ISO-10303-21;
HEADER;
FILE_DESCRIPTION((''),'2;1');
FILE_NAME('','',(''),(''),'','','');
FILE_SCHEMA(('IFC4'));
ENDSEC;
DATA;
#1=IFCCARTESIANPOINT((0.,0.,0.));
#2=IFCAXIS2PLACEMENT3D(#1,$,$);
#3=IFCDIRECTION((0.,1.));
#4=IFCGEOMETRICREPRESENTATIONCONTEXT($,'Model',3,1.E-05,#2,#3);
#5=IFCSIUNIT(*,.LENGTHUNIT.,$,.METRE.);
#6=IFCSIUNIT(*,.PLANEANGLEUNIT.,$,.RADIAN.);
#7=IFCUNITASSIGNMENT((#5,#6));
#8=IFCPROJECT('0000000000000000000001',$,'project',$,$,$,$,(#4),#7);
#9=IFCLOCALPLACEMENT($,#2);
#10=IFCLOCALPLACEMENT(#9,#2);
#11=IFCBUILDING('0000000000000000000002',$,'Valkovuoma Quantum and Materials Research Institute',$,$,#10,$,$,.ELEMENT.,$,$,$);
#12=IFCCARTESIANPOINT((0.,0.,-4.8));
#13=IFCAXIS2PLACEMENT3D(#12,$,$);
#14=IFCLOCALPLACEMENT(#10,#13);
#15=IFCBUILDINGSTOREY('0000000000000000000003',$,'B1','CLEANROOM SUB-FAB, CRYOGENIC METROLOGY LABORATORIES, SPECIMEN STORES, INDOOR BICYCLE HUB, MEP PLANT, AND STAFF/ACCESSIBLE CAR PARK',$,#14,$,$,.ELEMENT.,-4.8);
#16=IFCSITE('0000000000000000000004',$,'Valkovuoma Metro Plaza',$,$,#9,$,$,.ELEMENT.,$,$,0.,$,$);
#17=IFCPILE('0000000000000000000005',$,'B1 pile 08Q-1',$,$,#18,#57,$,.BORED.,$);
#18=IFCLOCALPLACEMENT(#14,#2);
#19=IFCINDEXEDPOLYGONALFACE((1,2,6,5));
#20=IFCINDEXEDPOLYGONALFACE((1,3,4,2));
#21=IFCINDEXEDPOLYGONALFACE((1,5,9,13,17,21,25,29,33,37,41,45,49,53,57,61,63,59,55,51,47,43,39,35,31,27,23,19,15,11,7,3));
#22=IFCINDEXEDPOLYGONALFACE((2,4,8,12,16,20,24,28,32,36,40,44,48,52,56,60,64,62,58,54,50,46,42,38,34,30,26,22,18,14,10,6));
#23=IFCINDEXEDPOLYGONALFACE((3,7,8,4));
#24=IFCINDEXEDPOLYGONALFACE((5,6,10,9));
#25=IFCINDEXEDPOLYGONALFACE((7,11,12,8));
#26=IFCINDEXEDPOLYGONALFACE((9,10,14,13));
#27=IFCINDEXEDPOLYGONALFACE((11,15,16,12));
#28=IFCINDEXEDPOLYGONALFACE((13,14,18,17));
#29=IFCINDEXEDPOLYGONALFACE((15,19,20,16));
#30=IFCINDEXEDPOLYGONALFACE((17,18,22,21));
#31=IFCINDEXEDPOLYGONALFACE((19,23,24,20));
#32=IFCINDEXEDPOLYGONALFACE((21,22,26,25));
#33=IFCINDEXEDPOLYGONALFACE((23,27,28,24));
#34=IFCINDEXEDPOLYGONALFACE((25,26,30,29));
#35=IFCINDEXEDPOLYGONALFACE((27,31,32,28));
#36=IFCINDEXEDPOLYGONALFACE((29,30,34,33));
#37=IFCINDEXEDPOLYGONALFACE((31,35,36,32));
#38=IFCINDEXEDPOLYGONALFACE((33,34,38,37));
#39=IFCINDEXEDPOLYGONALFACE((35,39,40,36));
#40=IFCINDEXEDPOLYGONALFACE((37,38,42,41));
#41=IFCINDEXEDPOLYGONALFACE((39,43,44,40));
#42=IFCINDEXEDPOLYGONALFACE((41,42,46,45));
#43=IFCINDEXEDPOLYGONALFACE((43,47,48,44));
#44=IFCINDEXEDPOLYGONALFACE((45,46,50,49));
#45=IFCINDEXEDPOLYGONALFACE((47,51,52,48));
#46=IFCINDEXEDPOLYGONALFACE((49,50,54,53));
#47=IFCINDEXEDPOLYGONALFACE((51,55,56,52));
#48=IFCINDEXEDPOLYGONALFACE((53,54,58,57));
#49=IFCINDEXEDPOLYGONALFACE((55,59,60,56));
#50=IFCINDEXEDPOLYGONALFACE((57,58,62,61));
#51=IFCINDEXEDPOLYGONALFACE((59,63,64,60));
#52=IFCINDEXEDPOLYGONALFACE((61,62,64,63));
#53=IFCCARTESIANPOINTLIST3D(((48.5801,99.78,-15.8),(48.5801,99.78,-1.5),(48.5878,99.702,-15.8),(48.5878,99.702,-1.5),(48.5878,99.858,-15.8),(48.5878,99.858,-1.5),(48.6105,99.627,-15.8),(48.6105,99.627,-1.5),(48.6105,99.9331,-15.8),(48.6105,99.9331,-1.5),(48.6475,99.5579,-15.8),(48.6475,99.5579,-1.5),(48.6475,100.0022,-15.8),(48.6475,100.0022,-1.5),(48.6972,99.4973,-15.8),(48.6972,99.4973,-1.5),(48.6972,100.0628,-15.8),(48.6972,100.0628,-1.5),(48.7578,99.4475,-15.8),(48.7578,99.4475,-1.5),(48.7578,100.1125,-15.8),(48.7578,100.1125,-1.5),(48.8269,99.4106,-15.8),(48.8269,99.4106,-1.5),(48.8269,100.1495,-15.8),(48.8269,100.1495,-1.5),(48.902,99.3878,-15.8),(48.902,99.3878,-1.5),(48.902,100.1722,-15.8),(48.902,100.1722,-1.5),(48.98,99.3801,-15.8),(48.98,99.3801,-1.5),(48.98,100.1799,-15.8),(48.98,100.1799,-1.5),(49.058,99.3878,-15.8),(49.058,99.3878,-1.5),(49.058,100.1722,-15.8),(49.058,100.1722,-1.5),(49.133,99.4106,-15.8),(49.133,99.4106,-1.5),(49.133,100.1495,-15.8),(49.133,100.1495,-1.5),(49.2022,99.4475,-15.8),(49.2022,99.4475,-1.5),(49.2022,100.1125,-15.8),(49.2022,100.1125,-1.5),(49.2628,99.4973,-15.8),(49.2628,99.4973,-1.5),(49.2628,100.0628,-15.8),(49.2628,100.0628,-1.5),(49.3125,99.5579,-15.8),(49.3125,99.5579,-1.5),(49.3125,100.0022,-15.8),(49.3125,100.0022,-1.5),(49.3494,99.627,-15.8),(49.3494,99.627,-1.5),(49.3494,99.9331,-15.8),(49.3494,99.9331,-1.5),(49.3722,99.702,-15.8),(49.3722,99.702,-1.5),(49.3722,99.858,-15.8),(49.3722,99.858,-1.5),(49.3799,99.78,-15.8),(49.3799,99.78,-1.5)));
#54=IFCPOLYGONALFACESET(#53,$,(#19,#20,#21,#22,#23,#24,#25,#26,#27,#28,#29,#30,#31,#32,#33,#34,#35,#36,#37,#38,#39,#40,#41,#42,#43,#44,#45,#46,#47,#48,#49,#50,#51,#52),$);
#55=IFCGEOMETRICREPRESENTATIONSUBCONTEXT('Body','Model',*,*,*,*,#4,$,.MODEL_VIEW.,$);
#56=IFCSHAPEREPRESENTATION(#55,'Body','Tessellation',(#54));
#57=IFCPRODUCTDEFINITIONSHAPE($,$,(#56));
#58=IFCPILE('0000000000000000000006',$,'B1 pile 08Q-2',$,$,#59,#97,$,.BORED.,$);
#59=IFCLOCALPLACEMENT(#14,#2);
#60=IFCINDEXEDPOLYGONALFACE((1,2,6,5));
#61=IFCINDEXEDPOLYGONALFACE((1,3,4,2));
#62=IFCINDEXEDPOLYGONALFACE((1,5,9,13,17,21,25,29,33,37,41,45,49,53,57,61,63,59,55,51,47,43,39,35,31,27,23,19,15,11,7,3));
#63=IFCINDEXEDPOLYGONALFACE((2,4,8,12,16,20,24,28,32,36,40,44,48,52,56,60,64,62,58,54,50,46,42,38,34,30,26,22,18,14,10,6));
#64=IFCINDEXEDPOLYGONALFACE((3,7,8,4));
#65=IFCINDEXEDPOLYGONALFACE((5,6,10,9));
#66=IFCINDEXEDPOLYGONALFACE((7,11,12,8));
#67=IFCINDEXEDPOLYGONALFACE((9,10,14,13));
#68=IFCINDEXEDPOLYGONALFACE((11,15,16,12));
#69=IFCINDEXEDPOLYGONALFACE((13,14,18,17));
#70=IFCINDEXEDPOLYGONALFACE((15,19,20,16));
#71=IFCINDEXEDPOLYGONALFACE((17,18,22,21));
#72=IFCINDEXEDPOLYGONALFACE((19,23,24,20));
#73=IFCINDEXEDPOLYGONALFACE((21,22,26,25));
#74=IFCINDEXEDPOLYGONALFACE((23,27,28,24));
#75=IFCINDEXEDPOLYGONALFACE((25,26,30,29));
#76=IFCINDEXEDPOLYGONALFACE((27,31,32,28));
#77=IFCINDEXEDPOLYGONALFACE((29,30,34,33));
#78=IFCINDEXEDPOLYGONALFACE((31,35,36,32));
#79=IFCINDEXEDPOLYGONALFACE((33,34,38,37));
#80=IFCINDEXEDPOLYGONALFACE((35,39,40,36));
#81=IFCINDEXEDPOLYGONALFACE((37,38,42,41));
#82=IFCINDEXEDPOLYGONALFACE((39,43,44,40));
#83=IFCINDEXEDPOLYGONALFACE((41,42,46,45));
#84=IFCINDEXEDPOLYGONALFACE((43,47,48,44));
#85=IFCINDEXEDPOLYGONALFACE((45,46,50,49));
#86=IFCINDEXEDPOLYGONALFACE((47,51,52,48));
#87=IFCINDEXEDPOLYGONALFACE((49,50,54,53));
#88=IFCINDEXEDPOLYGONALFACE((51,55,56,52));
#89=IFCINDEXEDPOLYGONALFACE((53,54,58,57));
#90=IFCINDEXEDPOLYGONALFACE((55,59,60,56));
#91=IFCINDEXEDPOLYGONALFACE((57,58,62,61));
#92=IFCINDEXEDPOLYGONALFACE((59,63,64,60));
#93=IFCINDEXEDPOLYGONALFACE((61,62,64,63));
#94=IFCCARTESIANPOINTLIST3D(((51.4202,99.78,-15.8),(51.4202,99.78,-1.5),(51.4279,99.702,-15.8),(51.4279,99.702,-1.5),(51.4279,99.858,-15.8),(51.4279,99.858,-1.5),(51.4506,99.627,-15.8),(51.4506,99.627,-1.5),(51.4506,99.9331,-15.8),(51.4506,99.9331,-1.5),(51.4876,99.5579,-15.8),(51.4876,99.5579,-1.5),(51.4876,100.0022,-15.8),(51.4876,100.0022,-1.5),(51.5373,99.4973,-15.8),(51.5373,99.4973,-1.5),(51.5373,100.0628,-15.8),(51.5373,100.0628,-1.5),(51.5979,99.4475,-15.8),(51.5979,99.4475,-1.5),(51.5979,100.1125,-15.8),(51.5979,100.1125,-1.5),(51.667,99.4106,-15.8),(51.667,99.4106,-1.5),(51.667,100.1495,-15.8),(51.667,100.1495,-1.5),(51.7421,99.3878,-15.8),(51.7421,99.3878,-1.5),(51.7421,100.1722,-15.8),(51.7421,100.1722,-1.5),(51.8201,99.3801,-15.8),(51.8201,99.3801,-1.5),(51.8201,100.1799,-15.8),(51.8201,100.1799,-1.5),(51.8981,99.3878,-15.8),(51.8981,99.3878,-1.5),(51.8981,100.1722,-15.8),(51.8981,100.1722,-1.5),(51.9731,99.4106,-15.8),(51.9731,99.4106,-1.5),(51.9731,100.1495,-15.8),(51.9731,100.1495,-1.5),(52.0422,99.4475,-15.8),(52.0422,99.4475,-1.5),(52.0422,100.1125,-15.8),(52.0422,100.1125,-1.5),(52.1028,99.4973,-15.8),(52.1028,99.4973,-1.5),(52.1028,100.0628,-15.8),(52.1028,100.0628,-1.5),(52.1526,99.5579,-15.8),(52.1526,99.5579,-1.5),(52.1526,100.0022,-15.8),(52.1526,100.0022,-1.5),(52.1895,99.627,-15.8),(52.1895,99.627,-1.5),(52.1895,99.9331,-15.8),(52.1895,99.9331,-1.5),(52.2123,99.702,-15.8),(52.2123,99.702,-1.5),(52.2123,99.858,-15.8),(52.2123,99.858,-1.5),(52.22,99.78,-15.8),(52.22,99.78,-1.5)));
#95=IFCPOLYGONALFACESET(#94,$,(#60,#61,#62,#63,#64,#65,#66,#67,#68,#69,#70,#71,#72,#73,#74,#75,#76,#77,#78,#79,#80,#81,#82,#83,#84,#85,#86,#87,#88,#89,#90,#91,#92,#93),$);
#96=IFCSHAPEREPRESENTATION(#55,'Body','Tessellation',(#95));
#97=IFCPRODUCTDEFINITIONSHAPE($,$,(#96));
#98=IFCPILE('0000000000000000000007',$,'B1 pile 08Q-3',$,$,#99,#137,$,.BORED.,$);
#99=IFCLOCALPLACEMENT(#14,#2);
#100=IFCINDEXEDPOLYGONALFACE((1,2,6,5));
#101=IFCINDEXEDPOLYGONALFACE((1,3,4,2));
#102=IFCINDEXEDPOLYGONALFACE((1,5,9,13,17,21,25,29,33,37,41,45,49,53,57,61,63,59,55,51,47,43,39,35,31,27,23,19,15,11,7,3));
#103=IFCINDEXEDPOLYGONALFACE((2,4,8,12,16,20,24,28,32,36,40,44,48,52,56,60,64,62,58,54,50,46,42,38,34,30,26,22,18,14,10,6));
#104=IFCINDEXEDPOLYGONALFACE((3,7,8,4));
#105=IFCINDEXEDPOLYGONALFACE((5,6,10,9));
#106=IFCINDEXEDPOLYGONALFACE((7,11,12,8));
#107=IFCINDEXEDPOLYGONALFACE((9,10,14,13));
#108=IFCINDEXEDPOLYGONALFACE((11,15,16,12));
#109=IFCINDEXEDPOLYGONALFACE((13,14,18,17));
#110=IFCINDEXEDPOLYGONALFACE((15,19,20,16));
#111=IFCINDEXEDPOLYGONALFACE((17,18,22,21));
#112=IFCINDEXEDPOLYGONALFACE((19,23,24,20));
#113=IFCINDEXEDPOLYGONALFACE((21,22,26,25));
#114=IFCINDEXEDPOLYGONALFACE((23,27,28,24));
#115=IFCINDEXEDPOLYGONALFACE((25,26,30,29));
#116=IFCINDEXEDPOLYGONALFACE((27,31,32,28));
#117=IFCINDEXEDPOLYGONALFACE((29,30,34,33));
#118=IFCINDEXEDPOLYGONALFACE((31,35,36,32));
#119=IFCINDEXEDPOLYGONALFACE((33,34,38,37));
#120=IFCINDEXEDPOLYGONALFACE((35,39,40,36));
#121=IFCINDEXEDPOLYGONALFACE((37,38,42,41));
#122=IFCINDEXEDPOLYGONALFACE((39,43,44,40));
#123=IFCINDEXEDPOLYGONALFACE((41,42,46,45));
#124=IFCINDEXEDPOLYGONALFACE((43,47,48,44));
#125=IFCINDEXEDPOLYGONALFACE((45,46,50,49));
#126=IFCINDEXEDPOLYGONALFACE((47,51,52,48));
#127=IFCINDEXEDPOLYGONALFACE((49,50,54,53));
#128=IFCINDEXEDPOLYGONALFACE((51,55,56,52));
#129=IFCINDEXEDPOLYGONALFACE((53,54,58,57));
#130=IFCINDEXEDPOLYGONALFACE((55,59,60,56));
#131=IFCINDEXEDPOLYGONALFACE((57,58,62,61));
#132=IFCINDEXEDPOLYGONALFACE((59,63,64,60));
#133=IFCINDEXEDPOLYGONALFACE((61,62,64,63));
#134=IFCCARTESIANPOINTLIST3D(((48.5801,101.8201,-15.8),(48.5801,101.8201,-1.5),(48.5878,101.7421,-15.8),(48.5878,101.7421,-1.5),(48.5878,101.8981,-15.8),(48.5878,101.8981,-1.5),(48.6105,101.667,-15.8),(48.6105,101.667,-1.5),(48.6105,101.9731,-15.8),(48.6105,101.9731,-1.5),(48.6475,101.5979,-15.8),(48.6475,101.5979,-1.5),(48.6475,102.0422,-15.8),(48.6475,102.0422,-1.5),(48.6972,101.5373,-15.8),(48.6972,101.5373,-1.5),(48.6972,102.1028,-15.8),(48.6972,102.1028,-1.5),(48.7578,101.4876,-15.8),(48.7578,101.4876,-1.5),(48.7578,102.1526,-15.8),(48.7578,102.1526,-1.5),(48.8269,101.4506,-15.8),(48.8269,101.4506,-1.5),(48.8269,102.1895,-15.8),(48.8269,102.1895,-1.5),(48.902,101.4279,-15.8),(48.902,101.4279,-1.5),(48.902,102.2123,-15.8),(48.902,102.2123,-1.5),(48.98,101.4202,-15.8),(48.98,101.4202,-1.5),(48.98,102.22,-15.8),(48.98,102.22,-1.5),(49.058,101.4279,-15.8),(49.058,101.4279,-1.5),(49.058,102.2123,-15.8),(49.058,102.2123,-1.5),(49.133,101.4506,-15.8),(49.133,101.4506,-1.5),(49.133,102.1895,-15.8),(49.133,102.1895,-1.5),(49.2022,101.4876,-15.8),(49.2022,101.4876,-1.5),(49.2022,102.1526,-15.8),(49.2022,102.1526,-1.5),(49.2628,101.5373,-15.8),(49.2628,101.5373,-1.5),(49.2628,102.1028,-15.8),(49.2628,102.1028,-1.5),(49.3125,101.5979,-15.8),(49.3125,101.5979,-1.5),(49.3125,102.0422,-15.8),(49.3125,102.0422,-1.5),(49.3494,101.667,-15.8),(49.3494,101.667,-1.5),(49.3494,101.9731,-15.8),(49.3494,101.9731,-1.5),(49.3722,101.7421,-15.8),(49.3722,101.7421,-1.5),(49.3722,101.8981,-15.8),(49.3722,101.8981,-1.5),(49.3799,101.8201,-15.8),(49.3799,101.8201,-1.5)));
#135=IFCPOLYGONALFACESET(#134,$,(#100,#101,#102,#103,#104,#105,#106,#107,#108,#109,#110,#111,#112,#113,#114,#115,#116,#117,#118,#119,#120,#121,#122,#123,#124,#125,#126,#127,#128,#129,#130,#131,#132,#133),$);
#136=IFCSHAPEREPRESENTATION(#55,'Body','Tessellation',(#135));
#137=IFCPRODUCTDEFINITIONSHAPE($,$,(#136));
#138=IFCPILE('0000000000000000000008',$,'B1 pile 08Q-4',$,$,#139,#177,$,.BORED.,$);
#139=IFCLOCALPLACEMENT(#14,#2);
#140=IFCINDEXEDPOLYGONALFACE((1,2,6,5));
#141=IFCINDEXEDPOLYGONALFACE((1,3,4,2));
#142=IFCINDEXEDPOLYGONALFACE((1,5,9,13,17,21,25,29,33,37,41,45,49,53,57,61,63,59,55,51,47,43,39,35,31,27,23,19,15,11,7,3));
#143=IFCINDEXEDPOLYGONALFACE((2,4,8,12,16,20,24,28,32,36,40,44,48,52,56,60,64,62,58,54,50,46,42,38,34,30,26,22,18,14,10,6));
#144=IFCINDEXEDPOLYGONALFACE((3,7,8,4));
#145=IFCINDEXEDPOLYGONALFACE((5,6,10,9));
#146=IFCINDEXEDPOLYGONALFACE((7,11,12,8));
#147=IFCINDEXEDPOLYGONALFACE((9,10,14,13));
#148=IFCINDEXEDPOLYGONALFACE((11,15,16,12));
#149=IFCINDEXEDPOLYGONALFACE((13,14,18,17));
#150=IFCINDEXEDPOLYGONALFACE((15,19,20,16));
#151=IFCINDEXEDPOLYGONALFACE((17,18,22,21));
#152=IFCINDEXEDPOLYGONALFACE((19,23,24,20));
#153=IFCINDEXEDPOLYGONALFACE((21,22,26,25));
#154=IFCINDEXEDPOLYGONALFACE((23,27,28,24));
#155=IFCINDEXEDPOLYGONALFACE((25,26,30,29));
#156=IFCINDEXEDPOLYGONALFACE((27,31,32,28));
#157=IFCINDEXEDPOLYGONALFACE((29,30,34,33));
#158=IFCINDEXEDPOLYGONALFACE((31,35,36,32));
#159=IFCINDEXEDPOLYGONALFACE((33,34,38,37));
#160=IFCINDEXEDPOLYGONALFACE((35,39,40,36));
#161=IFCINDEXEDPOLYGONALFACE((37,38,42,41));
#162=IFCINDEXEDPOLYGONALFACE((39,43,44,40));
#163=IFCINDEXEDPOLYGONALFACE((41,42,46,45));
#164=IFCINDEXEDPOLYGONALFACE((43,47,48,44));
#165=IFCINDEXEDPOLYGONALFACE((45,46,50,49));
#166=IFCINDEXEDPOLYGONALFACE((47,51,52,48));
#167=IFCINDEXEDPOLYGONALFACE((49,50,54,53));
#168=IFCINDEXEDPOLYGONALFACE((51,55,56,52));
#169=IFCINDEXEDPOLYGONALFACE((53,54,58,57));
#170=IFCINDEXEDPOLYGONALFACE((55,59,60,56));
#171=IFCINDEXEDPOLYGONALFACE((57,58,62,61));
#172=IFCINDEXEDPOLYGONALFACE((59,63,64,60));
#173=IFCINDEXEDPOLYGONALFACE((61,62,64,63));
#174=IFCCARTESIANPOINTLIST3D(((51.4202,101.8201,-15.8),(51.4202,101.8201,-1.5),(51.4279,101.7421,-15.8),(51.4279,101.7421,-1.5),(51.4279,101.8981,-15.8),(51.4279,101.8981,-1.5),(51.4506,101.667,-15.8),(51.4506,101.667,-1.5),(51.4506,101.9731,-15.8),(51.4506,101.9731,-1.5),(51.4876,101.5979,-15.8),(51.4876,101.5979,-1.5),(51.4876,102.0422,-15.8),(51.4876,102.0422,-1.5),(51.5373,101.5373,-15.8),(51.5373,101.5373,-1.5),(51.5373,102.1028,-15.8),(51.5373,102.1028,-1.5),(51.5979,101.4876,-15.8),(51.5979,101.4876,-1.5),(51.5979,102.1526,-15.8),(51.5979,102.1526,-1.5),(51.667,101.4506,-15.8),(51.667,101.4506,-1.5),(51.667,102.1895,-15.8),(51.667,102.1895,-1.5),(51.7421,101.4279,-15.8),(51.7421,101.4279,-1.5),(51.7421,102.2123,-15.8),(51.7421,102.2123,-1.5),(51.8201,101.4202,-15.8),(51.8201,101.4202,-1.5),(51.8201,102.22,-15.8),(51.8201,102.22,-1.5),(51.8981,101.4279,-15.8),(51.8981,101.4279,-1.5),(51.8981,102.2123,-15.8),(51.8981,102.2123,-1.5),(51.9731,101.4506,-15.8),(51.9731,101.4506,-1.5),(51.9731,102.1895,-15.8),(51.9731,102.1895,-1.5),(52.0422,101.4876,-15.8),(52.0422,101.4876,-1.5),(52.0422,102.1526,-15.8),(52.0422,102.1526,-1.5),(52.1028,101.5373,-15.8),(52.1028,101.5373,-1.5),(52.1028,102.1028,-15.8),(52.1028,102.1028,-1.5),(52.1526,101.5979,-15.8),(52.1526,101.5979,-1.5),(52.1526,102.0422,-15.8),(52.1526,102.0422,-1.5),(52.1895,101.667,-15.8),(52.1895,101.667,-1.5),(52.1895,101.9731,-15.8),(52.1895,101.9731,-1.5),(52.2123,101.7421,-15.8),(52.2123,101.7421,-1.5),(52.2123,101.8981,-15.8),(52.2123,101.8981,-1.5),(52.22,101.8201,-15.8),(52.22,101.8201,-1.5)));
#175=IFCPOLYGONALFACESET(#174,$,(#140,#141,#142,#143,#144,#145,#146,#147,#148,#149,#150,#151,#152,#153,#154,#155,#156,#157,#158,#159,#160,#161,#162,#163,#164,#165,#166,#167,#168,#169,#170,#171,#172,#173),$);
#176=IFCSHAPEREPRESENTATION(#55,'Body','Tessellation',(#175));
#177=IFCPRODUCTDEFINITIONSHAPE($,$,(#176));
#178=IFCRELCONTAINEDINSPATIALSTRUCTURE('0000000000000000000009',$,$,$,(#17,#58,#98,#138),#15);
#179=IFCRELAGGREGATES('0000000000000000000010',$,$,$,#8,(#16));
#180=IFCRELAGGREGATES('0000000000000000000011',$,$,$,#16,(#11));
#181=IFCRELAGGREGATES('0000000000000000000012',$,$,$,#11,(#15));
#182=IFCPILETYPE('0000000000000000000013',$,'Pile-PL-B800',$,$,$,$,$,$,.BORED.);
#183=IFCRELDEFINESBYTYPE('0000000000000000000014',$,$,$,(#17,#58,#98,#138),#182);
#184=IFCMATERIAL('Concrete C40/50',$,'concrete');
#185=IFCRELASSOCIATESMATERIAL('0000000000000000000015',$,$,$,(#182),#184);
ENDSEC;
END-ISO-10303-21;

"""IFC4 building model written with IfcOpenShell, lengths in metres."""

from ifc_helpers import new_model, si_unit, direction, frame, origin, origin_2d, place, context, subcontext, project, spatial, circle, extrude, material, material_profile, profile_set, type_object, element, save


model = new_model("IFC4")

# Units and contexts
model_context = context("Model", 3, precision=1e-05, world=origin(), true_north=direction((0.0, 1.0)))
body_context = subcontext(model_context, "Body", "Model", "MODEL_VIEW")
ifc_project = project(units=[si_unit("LENGTHUNIT", "METRE"), si_unit("PLANEANGLEUNIT", "RADIAN")], contexts=[model_context])

# Site, building, storey
site_placement = place(None, origin())
site = spatial("IfcSite", under=ifc_project, at=site_placement, Name="Valkovuoma Metro Plaza", CompositionType="ELEMENT", RefElevation=0.0)
building_placement = place(site_placement, origin())
building = spatial("IfcBuilding", under=site, at=building_placement, Name="Valkovuoma Quantum and Materials Research Institute", CompositionType="ELEMENT")
storey_placement = place(building_placement, frame((0.0, 0.0, -4.8)))
storey = spatial("IfcBuildingStorey", under=building, at=storey_placement, Name="B1", Description="CLEANROOM SUB-FAB, CRYOGENIC METROLOGY LABORATORIES, SPECIMEN STORES, INDOOR BICYCLE HUB, MEP PLANT, AND STAFF/ACCESSIBLE CAR PARK", CompositionType="ELEMENT", Elevation=-4.8)

# Piles
ifc_material_1 = material(Name="Concrete C40/50", Category="concrete")
ifc_material_profile_1 = material_profile(ifc_material_1, circle(Radius=0.3999, at=origin_2d()), Name="Concrete C40/50")
ifc_profile_set_1 = profile_set([ifc_material_profile_1], Name="Concrete C40/50")
pile_type_1 = type_object("IfcPileType", Name="Pile-PL-B800", PredefinedType="BORED", material=ifc_profile_set_1)
for number, where, z_axis, x_axis, name in (
    (1, (48.98, 99.78, -1.5), (0.0, 0.0, -1.0), (1.0, 0.0, 0.0), "B1 pile 08Q-1"),
    (2, (51.8201, 99.78, -1.5), (0.0, 0.0, -1.0), (1.0, 0.0, 0.0), "B1 pile 08Q-2"),
    (3, (48.98, 101.8201, -1.5), (0.0, 0.0, -1.0), (1.0, 0.0, 0.0), "B1 pile 08Q-3"),
    (4, (51.8201, 101.8201, -1.5), (0.0, 0.0, -1.0), (1.0, 0.0, 0.0), "B1 pile 08Q-4"),
):
    element("IfcPile", number, at=place(storey_placement, frame(where, z_axis=z_axis, x_axis=x_axis)), inside=storey, type_object=pile_type_1, Name=name, PredefinedType="BORED", context=body_context, shape_type="SweptSolid", body=[
        extrude(circle(Radius=0.3999, at=origin_2d()), origin(), (0.0, 0.0, 1.0), 14.3),
    ])

save(model, "model.ifc")
